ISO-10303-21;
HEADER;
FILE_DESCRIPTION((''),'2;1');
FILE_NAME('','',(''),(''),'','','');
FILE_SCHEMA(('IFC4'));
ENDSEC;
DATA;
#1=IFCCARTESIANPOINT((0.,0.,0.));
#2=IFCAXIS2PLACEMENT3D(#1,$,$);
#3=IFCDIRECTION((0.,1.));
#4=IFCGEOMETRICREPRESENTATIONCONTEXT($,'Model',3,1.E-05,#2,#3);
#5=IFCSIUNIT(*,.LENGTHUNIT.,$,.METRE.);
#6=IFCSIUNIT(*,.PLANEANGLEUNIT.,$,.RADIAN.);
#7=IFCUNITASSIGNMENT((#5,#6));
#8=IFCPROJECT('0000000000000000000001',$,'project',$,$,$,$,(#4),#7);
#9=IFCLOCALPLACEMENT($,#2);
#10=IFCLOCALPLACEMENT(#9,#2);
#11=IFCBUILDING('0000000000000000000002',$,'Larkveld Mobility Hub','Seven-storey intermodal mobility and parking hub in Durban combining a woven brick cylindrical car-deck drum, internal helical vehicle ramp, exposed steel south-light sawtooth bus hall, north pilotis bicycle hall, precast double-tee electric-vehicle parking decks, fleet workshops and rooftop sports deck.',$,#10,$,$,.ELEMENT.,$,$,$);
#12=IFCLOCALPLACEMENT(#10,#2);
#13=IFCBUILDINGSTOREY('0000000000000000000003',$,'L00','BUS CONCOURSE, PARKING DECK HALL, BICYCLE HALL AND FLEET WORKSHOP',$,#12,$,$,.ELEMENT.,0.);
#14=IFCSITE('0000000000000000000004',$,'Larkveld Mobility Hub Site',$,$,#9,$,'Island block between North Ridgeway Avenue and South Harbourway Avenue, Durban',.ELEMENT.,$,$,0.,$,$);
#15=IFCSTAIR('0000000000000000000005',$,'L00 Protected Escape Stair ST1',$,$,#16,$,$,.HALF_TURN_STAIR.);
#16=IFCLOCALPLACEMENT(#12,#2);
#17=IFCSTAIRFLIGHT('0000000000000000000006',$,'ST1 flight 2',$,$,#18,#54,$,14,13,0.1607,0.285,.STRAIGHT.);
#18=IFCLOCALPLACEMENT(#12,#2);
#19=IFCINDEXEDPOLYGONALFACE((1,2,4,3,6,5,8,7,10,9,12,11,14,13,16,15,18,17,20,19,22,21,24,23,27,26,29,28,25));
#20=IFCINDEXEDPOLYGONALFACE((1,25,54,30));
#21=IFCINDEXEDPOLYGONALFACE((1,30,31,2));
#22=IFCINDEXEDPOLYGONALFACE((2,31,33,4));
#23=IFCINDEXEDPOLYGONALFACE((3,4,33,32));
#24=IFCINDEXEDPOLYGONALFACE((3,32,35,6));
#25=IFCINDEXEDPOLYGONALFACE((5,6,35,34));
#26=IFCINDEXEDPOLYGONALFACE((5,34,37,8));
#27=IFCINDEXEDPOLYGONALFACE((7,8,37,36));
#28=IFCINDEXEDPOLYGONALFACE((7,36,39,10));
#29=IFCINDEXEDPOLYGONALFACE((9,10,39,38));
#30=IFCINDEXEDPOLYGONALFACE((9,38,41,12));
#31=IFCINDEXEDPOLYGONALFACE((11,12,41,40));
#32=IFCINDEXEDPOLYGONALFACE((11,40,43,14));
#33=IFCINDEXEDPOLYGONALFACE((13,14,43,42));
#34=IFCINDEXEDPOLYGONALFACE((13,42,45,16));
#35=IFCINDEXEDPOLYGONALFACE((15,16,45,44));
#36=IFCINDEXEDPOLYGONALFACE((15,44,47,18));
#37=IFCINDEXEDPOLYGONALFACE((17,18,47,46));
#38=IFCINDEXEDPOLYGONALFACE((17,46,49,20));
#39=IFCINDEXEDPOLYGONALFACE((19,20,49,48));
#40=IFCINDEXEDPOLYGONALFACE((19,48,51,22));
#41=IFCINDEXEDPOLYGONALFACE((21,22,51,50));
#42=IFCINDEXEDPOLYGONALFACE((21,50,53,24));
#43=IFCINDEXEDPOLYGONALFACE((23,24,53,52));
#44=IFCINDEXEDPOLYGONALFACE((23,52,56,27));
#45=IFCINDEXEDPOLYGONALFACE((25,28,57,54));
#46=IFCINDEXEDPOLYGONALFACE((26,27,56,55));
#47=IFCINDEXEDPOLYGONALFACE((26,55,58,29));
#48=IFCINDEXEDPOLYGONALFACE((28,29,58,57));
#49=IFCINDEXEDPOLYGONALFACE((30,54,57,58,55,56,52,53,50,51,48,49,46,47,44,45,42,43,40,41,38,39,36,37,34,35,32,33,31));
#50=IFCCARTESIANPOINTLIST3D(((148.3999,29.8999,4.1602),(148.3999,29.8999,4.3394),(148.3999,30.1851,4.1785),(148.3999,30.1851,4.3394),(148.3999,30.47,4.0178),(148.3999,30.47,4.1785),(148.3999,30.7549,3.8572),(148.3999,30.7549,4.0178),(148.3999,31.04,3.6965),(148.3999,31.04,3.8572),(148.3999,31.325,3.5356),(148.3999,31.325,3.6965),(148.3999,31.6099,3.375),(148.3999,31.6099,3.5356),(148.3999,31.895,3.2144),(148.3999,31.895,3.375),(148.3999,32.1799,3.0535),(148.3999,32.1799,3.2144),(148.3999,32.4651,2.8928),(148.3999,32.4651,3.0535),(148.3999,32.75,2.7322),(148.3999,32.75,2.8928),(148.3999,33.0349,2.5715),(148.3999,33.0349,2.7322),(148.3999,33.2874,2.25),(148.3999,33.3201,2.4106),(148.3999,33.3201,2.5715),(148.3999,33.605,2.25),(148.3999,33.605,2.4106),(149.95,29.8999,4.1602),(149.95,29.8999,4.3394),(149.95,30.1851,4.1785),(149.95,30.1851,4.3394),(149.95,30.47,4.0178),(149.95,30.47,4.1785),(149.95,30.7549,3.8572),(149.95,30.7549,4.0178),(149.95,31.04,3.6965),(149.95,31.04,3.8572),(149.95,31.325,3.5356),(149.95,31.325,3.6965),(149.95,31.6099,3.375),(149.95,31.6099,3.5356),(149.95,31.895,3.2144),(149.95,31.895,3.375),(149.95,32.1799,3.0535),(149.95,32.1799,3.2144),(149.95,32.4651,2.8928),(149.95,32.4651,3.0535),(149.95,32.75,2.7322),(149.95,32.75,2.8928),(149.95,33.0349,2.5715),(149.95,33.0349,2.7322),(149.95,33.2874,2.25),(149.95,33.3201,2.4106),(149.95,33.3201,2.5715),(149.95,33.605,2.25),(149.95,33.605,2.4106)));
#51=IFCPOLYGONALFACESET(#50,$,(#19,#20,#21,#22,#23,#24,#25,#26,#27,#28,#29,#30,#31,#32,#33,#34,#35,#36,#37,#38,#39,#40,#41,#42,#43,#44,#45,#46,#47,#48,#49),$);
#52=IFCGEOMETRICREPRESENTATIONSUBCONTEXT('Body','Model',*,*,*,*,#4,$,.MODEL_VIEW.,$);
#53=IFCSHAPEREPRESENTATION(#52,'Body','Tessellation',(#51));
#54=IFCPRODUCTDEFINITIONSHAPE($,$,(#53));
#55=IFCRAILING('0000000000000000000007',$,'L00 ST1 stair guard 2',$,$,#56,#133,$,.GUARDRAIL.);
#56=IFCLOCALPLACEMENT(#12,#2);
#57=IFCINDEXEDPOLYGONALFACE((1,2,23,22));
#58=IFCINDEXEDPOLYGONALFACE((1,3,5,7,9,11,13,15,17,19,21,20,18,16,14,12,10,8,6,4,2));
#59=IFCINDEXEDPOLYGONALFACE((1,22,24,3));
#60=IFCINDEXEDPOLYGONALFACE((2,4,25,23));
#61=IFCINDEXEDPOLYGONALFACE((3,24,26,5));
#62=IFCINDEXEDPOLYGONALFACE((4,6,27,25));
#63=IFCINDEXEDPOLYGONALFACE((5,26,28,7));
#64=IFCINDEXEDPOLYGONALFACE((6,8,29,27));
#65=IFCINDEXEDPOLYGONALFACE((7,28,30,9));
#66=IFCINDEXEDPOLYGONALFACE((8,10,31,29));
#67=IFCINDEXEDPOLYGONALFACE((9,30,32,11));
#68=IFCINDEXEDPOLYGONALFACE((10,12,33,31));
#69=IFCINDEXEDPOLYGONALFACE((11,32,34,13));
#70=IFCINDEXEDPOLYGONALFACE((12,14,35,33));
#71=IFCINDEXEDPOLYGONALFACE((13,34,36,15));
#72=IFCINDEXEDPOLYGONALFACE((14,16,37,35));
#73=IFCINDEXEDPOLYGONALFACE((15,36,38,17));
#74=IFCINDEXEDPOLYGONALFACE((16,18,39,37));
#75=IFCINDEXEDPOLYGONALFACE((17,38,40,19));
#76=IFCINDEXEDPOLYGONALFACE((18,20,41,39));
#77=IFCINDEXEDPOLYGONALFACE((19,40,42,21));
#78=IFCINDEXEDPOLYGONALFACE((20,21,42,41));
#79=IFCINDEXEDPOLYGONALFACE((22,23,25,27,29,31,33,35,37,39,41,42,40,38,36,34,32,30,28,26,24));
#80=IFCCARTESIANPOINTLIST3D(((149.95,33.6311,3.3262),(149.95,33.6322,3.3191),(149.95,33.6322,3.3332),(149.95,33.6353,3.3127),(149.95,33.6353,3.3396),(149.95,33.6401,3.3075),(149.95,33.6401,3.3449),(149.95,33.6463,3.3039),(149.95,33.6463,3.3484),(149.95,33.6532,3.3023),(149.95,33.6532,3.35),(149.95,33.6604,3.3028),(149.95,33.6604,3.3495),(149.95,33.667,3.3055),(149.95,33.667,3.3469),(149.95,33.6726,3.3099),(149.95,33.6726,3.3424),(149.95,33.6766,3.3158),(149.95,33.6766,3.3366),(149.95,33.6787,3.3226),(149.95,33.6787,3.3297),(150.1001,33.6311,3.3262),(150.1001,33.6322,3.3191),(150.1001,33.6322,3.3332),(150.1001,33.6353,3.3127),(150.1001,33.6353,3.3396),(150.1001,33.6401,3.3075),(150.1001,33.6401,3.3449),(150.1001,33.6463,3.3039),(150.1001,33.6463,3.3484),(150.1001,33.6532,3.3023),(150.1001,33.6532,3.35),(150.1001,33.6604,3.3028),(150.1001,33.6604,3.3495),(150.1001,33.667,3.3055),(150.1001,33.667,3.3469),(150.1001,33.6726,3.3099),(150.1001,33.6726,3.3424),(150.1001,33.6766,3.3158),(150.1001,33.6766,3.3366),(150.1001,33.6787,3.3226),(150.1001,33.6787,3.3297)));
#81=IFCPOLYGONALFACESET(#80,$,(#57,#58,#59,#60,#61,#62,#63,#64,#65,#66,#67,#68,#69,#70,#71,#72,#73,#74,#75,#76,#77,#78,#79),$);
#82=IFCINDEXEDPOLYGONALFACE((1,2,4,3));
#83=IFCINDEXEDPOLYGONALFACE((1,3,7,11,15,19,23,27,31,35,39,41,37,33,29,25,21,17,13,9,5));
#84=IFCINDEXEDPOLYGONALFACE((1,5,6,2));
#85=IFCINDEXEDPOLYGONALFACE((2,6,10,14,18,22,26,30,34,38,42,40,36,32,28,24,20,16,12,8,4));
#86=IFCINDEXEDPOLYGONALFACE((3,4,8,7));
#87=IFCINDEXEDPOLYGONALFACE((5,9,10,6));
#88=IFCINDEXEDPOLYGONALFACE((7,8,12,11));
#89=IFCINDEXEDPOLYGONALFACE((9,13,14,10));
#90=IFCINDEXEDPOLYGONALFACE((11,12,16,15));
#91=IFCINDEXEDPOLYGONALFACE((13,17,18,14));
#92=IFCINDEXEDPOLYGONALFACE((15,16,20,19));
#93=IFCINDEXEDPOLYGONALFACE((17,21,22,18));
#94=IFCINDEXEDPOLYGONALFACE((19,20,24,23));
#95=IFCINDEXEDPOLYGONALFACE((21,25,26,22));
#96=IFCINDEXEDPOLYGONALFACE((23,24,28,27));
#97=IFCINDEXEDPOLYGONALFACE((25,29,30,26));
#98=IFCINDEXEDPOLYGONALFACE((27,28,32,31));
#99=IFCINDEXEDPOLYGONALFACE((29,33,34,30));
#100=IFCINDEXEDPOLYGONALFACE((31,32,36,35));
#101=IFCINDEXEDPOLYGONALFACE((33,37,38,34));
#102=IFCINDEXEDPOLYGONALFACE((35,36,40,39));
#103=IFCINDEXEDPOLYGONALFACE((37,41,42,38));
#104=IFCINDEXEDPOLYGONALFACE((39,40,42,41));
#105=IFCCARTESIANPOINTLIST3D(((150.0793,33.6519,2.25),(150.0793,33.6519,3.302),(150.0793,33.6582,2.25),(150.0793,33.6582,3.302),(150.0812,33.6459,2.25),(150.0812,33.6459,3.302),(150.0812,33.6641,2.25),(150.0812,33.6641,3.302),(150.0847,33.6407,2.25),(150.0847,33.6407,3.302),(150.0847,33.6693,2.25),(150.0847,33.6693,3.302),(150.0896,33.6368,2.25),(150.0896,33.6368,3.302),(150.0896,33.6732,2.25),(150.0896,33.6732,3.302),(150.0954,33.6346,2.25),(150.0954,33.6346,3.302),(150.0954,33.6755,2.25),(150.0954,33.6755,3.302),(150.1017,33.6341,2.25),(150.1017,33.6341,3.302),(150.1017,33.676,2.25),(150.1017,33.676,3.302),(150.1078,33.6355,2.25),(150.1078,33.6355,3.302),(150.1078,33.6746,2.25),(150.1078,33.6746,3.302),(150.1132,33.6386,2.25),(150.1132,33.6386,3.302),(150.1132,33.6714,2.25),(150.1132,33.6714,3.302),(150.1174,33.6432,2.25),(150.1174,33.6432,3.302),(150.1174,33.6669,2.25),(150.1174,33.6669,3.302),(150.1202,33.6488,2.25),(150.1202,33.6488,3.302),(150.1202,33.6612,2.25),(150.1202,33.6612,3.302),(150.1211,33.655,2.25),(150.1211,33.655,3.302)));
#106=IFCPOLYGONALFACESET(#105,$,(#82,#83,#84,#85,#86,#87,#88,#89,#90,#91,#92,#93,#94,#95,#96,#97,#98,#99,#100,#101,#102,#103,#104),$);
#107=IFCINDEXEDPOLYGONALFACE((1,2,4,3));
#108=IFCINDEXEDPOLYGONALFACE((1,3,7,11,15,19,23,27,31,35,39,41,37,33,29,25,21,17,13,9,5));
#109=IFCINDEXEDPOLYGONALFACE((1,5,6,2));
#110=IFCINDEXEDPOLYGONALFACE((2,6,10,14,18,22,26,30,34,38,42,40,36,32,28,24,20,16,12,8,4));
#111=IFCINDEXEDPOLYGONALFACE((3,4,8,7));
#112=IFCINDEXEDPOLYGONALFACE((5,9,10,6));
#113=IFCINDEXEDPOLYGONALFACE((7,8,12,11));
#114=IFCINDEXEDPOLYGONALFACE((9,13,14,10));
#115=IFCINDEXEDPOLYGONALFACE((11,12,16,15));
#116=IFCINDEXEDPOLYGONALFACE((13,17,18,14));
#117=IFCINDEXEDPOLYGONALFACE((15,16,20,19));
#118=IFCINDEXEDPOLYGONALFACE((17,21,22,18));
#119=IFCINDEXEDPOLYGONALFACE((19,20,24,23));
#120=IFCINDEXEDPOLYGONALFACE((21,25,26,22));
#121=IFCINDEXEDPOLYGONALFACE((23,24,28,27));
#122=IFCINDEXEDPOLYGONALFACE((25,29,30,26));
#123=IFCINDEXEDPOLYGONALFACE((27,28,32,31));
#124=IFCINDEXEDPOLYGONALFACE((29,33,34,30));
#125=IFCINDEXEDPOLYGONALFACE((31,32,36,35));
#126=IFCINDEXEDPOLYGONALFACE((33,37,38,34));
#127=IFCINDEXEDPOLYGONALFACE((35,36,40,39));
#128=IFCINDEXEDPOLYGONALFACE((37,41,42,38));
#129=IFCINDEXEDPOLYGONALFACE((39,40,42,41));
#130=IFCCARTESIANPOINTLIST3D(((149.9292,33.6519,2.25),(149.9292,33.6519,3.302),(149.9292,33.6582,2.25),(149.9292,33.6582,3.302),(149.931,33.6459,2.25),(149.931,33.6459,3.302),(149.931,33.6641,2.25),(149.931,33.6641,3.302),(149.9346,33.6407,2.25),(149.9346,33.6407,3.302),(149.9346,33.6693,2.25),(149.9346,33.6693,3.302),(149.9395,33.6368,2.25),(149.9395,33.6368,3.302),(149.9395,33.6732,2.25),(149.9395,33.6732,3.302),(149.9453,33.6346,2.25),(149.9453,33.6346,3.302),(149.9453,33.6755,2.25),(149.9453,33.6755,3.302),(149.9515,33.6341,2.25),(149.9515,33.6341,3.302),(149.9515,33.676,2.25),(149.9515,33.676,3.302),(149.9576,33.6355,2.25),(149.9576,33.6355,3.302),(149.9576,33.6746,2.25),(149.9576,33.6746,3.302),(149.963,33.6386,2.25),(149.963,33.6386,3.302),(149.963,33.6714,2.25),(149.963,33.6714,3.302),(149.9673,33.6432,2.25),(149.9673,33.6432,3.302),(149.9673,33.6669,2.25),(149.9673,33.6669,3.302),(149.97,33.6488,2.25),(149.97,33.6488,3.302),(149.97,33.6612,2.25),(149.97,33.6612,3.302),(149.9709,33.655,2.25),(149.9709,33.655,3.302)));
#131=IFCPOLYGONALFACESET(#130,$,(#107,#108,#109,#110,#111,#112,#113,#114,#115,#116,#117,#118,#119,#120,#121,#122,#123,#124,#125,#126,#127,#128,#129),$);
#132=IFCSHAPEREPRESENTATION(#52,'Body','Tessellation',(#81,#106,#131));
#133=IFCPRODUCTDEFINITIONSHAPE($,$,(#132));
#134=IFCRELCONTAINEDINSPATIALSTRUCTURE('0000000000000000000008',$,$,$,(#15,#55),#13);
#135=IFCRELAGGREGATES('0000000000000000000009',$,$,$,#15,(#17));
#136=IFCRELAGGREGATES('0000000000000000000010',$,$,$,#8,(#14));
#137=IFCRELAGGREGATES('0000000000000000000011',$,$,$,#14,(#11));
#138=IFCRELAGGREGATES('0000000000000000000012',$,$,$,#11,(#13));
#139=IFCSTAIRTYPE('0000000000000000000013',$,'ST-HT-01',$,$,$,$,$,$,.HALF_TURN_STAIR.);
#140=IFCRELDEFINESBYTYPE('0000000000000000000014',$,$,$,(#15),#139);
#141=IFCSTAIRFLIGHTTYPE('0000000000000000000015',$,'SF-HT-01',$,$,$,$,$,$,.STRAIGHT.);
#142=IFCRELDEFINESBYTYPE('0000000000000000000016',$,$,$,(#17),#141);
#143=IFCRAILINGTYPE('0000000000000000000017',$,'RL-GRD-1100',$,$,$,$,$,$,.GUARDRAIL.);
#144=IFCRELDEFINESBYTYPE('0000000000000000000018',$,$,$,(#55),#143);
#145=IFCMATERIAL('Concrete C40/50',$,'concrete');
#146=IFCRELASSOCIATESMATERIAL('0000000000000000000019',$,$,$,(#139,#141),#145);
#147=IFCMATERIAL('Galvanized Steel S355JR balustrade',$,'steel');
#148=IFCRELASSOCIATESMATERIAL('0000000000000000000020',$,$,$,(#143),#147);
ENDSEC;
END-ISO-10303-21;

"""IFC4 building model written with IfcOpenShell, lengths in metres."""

from ifc_helpers import new_model, si_unit, direction, frame, origin, origin_2d, place, context, subcontext, project, spatial, polyline, circle, outline, extrude, material, type_object, element, aggregate, save


model = new_model("IFC4")

# Units and contexts
model_context = context("Model", 3, precision=1e-05, world=origin(), true_north=direction((0.0, 1.0)))
body_context = subcontext(model_context, "Body", "Model", "MODEL_VIEW")
ifc_project = project(units=[si_unit("LENGTHUNIT", "METRE"), si_unit("PLANEANGLEUNIT", "RADIAN")], contexts=[model_context])

# Site, building, storey
site_placement = place(None, origin())
site = spatial("IfcSite", under=ifc_project, at=site_placement, Name="Larkveld Mobility Hub Site", LongName="Island block between North Ridgeway Avenue and South Harbourway Avenue, Durban", CompositionType="ELEMENT", RefElevation=0.0)
building_placement = place(site_placement, origin())
building = spatial("IfcBuilding", under=site, at=building_placement, Name="Larkveld Mobility Hub", Description="Seven-storey intermodal mobility and parking hub in Durban combining a woven brick cylindrical car-deck drum, internal helical vehicle ramp, exposed steel south-light sawtooth bus hall, north pilotis bicycle hall, precast double-tee electric-vehicle parking decks, fleet workshops and rooftop sports deck.", CompositionType="ELEMENT")
storey_placement = place(building_placement, origin())
storey = spatial("IfcBuildingStorey", under=building, at=storey_placement, Name="L00", Description="BUS CONCOURSE, PARKING DECK HALL, BICYCLE HALL AND FLEET WORKSHOP", CompositionType="ELEMENT", Elevation=0.0)

# Shared definitions
ifc_material_1 = material(Name="Concrete C40/50", Category="concrete")

# Stair, stair flight
stair_type = type_object("IfcStairType", Name="ST-HT-01", PredefinedType="HALF_TURN_STAIR", material=ifc_material_1)
stair_placement = place(storey_placement, origin())
stair = element("IfcStair", 1, at=stair_placement, inside=storey, type_object=stair_type, Name="L00 Protected Escape Stair ST1", PredefinedType="HALF_TURN_STAIR")
stair_flight_type = type_object("IfcStairFlightType", Name="SF-HT-01", PredefinedType="STRAIGHT", material=ifc_material_1)
stair_flight_placement = place(storey_placement, frame((149.175, 33.605, 2.25), z_axis=(0.0, 0.0, 1.0), x_axis=(0.0, -1.0, 0.0)))
stair_flight = element("IfcStairFlight", 2, at=stair_flight_placement, type_object=stair_flight_type, Name="ST1 flight 2", NumberOfRisers=14, NumberOfTreads=13, PredefinedType="STRAIGHT", RiserHeight=0.1607, TreadLength=0.285, context=body_context, shape_type="SweptSolid", body=[
    extrude(outline(polyline([(0.0, 0.0), (0.0, 0.1606), (0.2849, 0.1606), (0.2849, 0.3215), (0.5701, 0.3215), (0.5701, 0.4822), (0.855, 0.4822), (0.855, 0.6428), (1.1399, 0.6428), (1.1399, 0.8035), (1.425, 0.8035), (1.425, 0.9644), (1.71, 0.9644), (1.71, 1.125), (1.9951, 1.125), (1.9951, 1.2856), (2.28, 1.2856), (2.28, 1.4465), (2.5649, 1.4465), (2.5649, 1.6072), (2.8501, 1.6072), (2.8501, 1.7678), (3.135, 1.7678), (3.135, 1.9285), (3.4199, 1.9285), (3.4199, 2.0894), (3.7051, 2.0894), (3.7051, 2.25), (3.7051, 1.9102), (0.3176, 0.0), (0.0, 0.0)])), frame((0.0, 0.7749, 0.0), z_axis=(0.0, -1.0, 0.0), x_axis=(1.0, 0.0, 0.0)), (0.0, 0.0, 1.0), 1.55),
])
aggregate(stair, [stair_flight])

# Railing
ifc_material_2 = material(Name="Galvanized Steel S355JR balustrade", Category="steel")
railing_type_1 = type_object("IfcRailingType", Name="RL-GRD-1100", PredefinedType="GUARDRAIL", material=ifc_material_2)
railing_1_placement = place(storey_placement, frame((150.1001, 33.655, 2.25)))
element("IfcRailing", 3, at=railing_1_placement, inside=storey, type_object=railing_type_1, Name="L00 ST1 stair guard 2", PredefinedType="GUARDRAIL", context=body_context, shape_type="SweptSolid", body=[
    extrude(circle(Radius=0.0239, at=origin_2d()), frame((0.0, 0.0, 1.0762), z_axis=(-1.0, 0.0, 0.0), x_axis=(0.0, -1.0, 0.0)), (0.0, 0.0, 1.0), 0.1501),
    extrude(circle(Radius=0.021, at=origin_2d()), origin(), (0.0, 0.0, 1.0), 1.052),
    extrude(circle(Radius=0.021, at=origin_2d()), frame((-0.1501, 0.0, 0.0)), (0.0, 0.0, 1.0), 1.052),
])

save(model, "model.ifc")
